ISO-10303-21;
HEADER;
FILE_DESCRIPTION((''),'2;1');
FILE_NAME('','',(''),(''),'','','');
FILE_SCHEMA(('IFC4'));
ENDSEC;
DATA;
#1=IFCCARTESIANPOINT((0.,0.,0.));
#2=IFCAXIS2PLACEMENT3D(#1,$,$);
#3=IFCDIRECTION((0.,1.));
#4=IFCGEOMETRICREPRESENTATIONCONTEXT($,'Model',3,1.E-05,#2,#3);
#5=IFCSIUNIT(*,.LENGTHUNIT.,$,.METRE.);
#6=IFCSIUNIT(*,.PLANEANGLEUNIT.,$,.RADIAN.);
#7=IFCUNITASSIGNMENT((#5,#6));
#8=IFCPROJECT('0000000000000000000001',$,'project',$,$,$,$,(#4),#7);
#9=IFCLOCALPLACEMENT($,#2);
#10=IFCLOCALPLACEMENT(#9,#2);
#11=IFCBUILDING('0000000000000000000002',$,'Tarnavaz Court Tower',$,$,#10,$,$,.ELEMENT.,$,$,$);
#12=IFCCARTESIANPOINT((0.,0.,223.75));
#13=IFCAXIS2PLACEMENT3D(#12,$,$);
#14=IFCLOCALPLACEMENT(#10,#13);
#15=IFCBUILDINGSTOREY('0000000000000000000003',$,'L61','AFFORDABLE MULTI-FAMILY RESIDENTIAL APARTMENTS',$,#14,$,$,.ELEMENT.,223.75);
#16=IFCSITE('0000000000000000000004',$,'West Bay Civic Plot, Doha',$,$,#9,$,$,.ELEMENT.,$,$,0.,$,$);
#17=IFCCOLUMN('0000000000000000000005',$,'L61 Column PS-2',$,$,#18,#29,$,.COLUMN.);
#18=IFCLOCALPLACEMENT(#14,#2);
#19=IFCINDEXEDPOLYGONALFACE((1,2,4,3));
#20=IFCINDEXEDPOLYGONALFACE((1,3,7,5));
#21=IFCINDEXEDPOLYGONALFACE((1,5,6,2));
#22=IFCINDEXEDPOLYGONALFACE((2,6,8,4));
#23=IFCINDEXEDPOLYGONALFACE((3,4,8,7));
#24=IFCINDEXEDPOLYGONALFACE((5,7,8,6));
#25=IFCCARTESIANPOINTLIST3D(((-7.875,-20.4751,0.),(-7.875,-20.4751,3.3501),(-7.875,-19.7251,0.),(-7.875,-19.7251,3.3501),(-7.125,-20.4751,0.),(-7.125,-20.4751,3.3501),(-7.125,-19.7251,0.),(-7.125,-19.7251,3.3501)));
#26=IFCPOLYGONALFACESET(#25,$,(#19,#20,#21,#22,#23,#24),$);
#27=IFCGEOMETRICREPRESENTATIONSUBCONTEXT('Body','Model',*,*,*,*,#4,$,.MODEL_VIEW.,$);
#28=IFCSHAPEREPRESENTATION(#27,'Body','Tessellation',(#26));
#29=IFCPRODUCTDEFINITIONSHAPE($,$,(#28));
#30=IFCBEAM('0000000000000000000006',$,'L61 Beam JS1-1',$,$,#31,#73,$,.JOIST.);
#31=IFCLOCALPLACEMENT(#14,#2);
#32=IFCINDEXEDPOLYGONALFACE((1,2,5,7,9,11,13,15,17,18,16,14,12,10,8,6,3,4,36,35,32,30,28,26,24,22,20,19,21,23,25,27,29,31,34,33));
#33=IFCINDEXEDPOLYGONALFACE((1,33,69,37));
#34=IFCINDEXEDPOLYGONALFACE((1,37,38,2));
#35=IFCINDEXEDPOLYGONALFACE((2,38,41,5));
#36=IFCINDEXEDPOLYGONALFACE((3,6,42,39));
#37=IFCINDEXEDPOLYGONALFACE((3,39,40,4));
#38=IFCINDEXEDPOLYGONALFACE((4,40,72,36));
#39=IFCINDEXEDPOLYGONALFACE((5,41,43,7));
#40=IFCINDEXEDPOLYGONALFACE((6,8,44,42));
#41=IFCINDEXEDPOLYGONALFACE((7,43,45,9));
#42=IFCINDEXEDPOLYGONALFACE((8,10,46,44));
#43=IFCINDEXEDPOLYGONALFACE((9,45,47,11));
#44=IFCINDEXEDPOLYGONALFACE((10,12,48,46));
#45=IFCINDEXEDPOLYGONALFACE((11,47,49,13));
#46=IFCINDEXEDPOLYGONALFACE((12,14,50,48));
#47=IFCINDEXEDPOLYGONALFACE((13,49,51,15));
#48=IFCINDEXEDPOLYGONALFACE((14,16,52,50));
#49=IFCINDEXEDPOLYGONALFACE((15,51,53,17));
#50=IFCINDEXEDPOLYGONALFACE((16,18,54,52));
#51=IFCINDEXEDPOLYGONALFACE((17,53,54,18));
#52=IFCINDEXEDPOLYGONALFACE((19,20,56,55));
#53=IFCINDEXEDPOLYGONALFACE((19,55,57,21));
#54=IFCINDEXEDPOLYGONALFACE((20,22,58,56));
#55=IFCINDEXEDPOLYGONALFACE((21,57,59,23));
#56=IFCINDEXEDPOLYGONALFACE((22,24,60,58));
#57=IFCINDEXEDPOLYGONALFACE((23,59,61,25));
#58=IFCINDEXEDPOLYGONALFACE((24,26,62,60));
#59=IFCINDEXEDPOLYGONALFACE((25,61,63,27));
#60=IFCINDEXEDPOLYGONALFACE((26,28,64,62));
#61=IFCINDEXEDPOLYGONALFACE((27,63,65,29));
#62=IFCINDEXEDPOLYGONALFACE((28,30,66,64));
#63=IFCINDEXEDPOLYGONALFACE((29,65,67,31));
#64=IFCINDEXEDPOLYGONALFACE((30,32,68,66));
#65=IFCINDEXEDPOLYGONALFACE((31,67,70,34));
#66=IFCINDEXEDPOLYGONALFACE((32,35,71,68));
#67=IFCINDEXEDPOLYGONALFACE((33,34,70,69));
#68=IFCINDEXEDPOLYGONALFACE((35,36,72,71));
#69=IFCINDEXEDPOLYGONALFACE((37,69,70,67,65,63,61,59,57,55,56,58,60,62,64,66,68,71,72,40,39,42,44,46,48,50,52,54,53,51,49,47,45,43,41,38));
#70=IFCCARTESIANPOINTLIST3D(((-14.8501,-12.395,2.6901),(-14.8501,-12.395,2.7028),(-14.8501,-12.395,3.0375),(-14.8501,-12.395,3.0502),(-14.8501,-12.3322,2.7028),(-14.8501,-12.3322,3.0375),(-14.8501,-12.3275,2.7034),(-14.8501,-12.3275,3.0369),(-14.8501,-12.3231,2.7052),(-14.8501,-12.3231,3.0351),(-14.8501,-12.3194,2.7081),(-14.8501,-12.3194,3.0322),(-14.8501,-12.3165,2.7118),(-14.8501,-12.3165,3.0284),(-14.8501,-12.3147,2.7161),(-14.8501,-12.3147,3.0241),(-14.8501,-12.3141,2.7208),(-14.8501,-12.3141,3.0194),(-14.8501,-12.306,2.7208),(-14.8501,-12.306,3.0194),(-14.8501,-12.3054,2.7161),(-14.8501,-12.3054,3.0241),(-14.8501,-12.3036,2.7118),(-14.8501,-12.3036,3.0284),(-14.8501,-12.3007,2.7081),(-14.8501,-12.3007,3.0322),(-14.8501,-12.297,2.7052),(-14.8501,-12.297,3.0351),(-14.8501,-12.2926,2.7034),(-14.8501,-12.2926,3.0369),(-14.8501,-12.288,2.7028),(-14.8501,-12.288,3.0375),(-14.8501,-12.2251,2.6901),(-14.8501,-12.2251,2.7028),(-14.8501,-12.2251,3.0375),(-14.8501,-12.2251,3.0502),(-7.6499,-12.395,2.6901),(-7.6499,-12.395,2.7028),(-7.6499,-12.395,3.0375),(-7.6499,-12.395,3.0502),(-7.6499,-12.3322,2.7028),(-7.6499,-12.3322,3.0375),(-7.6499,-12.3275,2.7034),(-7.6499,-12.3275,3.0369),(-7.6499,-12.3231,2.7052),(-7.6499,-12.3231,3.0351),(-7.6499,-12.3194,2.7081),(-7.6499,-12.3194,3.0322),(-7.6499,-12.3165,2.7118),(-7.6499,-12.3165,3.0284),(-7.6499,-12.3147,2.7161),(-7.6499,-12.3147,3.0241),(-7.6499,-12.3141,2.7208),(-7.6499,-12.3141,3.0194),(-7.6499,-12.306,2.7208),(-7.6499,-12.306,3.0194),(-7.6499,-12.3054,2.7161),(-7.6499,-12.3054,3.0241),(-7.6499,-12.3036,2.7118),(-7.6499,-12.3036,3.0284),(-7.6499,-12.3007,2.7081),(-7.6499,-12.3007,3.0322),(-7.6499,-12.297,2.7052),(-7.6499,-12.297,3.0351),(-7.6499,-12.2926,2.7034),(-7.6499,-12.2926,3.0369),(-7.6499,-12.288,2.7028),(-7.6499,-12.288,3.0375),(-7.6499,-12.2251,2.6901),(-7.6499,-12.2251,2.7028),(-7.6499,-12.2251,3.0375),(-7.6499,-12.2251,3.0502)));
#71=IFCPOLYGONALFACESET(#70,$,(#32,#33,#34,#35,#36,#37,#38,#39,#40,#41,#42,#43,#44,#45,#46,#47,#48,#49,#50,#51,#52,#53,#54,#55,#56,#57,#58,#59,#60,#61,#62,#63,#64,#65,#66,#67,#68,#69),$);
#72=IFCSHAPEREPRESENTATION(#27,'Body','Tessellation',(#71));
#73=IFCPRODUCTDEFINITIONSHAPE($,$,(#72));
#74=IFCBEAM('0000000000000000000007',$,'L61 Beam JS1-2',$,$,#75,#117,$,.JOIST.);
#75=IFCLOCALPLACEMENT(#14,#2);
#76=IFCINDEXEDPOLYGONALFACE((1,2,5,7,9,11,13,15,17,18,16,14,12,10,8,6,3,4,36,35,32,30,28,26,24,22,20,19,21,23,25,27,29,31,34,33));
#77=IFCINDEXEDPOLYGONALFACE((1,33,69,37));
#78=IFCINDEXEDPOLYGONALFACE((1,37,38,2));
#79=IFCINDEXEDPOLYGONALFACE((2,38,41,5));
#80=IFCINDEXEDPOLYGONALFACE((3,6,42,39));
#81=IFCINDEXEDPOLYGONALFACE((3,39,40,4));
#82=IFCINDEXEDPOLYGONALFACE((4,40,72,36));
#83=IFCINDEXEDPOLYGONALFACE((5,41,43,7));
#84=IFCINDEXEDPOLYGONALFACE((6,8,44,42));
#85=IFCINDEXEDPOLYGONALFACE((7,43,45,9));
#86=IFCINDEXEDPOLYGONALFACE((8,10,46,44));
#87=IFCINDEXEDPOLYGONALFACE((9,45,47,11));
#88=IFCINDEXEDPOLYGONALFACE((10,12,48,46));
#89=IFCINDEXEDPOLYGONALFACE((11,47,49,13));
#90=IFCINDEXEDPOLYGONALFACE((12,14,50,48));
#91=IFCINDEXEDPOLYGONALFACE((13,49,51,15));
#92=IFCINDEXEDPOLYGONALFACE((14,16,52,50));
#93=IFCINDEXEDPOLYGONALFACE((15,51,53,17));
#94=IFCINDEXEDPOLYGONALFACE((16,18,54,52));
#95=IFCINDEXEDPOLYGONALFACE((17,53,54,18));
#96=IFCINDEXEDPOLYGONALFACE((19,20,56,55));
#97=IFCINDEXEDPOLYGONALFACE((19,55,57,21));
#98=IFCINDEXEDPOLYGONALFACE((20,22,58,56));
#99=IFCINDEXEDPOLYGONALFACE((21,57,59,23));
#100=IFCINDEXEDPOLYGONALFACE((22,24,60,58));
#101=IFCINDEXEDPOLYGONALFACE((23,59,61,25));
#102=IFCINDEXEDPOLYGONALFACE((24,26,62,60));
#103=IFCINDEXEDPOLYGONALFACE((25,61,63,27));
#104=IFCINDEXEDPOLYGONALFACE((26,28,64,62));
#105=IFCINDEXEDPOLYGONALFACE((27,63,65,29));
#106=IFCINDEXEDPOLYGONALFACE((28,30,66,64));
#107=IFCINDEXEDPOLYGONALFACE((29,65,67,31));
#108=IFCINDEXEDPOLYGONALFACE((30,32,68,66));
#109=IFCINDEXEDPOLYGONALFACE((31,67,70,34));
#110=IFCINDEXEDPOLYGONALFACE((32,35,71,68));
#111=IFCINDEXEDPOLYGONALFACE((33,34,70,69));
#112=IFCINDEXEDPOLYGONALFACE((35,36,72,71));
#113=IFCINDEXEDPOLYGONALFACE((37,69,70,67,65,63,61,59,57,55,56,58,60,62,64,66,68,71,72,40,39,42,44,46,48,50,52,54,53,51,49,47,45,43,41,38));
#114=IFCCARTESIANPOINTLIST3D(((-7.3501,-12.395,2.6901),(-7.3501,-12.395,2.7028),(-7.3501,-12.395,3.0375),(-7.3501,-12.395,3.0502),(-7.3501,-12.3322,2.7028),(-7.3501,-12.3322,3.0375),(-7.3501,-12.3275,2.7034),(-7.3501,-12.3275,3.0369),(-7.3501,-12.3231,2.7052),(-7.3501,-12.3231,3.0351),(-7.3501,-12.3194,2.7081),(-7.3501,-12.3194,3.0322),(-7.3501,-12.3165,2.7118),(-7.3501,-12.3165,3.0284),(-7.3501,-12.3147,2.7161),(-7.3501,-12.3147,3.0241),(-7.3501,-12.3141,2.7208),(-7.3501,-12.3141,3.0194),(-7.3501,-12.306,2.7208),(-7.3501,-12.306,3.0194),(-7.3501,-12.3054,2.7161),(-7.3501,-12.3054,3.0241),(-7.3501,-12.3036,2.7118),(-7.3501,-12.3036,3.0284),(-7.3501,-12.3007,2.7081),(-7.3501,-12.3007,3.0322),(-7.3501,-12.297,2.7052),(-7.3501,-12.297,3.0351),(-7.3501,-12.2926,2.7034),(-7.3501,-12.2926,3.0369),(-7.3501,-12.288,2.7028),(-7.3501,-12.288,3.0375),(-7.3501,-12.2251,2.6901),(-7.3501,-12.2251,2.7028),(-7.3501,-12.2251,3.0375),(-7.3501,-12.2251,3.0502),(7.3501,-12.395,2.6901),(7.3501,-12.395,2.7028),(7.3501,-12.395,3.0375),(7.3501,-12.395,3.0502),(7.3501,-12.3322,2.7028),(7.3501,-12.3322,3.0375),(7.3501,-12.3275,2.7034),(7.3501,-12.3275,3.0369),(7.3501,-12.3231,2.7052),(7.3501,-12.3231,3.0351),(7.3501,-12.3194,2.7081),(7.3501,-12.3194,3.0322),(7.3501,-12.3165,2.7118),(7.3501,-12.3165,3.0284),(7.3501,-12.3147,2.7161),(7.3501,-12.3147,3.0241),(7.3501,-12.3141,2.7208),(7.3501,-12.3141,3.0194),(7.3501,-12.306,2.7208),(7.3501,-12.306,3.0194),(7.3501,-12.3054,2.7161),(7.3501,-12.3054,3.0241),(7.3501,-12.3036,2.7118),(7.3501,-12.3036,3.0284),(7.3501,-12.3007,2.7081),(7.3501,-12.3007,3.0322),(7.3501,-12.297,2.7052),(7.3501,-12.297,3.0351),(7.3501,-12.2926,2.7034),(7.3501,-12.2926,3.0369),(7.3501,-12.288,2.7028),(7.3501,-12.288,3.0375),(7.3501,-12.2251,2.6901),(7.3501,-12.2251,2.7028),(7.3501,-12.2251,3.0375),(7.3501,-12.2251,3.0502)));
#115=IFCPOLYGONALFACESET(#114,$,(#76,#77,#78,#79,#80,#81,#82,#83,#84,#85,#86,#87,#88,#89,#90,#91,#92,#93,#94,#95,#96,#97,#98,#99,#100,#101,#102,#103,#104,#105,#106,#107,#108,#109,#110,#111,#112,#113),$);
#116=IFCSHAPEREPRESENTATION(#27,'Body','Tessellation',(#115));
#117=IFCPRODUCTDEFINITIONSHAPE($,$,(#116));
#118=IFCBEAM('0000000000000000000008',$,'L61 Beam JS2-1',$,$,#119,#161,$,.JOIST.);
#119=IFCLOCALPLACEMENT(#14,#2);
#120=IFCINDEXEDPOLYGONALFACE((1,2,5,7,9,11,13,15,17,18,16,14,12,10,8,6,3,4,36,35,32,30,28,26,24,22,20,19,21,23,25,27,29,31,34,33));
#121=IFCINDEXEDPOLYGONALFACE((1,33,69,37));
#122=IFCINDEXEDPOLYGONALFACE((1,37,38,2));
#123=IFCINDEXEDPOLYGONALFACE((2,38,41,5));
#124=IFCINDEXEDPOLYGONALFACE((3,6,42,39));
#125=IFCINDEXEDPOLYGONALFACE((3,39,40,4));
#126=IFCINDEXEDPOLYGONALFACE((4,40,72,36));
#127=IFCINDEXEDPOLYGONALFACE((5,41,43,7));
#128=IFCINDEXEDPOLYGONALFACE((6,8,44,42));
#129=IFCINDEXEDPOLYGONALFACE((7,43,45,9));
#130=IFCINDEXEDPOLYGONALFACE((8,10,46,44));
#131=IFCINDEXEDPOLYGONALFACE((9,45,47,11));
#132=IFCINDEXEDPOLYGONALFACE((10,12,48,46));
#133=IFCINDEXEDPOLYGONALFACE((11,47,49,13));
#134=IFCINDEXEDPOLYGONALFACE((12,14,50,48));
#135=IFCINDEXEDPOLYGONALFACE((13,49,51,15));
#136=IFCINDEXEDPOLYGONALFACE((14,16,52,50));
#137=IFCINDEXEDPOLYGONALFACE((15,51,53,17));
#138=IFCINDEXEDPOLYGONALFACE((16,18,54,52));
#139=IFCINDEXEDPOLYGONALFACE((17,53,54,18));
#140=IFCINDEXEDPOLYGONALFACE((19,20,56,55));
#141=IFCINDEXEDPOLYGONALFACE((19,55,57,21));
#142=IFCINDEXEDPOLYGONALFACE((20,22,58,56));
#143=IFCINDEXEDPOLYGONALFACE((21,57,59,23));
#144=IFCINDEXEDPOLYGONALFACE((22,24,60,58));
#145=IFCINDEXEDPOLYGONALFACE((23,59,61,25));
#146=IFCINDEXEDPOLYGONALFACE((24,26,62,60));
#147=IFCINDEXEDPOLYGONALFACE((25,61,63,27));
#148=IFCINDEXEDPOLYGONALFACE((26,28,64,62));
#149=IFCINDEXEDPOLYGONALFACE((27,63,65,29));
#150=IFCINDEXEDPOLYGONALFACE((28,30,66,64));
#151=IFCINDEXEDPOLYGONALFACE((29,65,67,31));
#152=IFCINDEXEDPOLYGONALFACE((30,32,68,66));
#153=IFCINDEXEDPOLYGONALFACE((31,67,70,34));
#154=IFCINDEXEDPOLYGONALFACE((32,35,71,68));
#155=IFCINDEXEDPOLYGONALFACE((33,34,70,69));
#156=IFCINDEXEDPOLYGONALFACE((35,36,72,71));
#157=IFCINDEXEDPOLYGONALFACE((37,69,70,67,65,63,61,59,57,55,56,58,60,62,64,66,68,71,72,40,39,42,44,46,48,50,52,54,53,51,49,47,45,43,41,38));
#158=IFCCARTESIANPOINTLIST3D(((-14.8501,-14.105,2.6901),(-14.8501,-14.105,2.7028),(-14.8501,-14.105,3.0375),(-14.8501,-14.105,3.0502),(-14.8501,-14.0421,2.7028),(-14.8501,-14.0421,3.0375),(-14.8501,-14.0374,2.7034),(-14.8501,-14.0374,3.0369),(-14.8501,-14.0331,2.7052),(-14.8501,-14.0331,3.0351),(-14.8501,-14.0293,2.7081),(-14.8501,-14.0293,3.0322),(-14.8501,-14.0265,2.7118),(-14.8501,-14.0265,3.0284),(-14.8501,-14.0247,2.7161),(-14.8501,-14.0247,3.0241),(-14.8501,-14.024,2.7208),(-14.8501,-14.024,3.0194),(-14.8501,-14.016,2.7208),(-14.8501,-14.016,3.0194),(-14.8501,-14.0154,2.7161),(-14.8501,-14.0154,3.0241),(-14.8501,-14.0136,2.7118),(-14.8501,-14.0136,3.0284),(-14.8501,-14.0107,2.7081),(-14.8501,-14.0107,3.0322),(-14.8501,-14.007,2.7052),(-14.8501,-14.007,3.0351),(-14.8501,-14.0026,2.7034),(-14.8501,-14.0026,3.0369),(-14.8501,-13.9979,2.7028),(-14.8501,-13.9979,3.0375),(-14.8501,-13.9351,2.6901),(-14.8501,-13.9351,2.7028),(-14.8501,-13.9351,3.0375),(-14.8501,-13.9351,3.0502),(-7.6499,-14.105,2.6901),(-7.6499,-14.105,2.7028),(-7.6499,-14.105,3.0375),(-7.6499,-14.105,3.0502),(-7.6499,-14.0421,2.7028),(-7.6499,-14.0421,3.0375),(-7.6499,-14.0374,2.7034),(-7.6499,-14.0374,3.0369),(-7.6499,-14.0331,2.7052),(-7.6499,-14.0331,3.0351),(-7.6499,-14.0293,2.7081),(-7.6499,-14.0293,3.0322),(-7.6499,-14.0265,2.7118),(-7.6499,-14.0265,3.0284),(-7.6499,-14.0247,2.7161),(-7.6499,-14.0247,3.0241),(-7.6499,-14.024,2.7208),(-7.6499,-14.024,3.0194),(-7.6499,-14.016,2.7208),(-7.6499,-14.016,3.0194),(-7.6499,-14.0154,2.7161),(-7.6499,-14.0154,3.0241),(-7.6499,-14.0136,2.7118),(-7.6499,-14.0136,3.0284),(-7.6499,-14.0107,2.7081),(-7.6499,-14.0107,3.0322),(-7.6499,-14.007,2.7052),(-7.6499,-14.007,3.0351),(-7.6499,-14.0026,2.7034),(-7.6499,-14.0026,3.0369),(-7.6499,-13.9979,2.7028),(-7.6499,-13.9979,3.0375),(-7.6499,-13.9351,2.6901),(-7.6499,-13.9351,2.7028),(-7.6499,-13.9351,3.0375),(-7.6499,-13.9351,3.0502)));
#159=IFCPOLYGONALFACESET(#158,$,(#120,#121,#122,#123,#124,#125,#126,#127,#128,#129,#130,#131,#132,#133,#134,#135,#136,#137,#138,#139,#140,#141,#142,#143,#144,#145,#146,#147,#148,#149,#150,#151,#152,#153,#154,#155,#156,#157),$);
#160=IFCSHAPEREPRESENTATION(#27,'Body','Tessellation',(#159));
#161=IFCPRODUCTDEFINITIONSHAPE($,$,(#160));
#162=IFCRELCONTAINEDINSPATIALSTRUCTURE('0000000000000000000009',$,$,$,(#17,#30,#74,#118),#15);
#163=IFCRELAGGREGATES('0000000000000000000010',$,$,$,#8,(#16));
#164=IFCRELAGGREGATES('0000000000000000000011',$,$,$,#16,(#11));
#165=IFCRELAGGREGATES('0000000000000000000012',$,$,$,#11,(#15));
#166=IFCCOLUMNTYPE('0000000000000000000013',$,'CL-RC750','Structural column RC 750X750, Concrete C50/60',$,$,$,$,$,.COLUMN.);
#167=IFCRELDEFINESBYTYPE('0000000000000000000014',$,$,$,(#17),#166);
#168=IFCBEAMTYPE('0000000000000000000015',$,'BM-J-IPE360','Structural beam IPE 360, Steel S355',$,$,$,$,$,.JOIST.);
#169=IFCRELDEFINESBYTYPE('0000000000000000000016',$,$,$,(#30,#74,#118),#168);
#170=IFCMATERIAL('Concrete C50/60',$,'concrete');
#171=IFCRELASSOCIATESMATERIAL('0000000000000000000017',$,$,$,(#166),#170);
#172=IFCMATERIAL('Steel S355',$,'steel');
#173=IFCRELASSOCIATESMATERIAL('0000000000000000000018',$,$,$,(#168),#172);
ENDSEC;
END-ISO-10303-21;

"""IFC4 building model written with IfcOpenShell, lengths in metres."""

from ifc_helpers import new_model, si_unit, direction, frame, origin, origin_2d, place, context, subcontext, project, spatial, rectangle, i_section, extrude, material, material_profile, profile_set, type_object, element, save


model = new_model("IFC4")

# Units and contexts
model_context = context("Model", 3, precision=1e-05, world=origin(), true_north=direction((0.0, 1.0)))
body_context = subcontext(model_context, "Body", "Model", "MODEL_VIEW")
ifc_project = project(units=[si_unit("LENGTHUNIT", "METRE"), si_unit("PLANEANGLEUNIT", "RADIAN")], contexts=[model_context])

# Site, building, storey
site_placement = place(None, origin())
site = spatial("IfcSite", under=ifc_project, at=site_placement, Name="West Bay Civic Plot, Doha", CompositionType="ELEMENT", RefElevation=0.0)
building_placement = place(site_placement, origin())
building = spatial("IfcBuilding", under=site, at=building_placement, Name="Tarnavaz Court Tower", CompositionType="ELEMENT")
storey_placement = place(building_placement, frame((0.0, 0.0, 223.75)))
storey = spatial("IfcBuildingStorey", under=building, at=storey_placement, Name="L61", Description="AFFORDABLE MULTI-FAMILY RESIDENTIAL APARTMENTS", CompositionType="ELEMENT", Elevation=223.75)

# Column
ifc_material_1 = material(Name="Concrete C50/60", Category="concrete")
ifc_material_profile_1 = material_profile(ifc_material_1, rectangle(XDim=0.75, YDim=0.75, at=origin_2d()), Name="RC 750X750")
ifc_profile_set_1 = profile_set([ifc_material_profile_1], Name="Concrete C50/60")
column_type = type_object("IfcColumnType", Name="CL-RC750", Description="Structural column RC 750X750, Concrete C50/60", PredefinedType="COLUMN", material=ifc_profile_set_1)
column_placement = place(storey_placement, frame((-7.5, -20.1001, 0.0), z_axis=(0.0, 0.0, 1.0), x_axis=(1.0, 0.0, 0.0)))
element("IfcColumn", 1, at=column_placement, inside=storey, type_object=column_type, Name="L61 Column PS-2", PredefinedType="COLUMN", context=body_context, shape_type="SweptSolid", body=[
    extrude(rectangle(XDim=0.75, YDim=0.75, at=origin_2d()), origin(), (0.0, 0.0, 1.0), 3.3501),
])

# Beams
ifc_material_2 = material(Name="Steel S355", Category="steel")
ifc_material_profile_2 = material_profile(ifc_material_2, i_section(OverallWidth=0.1699, OverallDepth=0.3601, WebThickness=0.0081, FlangeThickness=0.0127, FilletRadius=0.0181, at=origin_2d()), Name="IPE 360")
ifc_profile_set_2 = profile_set([ifc_material_profile_2], Name="Steel S355")
beam_type_1 = type_object("IfcBeamType", Name="BM-J-IPE360", Description="Structural beam IPE 360, Steel S355", PredefinedType="JOIST", material=ifc_profile_set_2)
beam_1_placement = place(storey_placement, frame((-14.8501, -12.3101, 2.8701), z_axis=(1.0, 0.0, 0.0), x_axis=(0.0, 1.0, 0.0)))
element("IfcBeam", 2, at=beam_1_placement, inside=storey, type_object=beam_type_1, Name="L61 Beam JS1-1", PredefinedType="JOIST", context=body_context, shape_type="SweptSolid", body=[
    extrude(i_section(OverallWidth=0.1699, OverallDepth=0.3601, WebThickness=0.0081, FlangeThickness=0.0127, FilletRadius=0.0181, at=origin_2d()), origin(), (0.0, 0.0, 1.0), 7.2002),
])
beam_2_placement = place(storey_placement, frame((-7.3501, -12.3101, 2.8701), z_axis=(1.0, 0.0, 0.0), x_axis=(0.0, 1.0, 0.0)))
element("IfcBeam", 3, at=beam_2_placement, inside=storey, type_object=beam_type_1, Name="L61 Beam JS1-2", PredefinedType="JOIST", context=body_context, shape_type="SweptSolid", body=[
    extrude(i_section(OverallWidth=0.1699, OverallDepth=0.3601, WebThickness=0.0081, FlangeThickness=0.0127, FilletRadius=0.0181, at=origin_2d()), origin(), (0.0, 0.0, 1.0), 14.7002),
])
beam_3_placement = place(storey_placement, frame((-14.8501, -14.02, 2.8701), z_axis=(1.0, 0.0, 0.0), x_axis=(0.0, 1.0, 0.0)))
element("IfcBeam", 4, at=beam_3_placement, inside=storey, type_object=beam_type_1, Name="L61 Beam JS2-1", PredefinedType="JOIST", context=body_context, shape_type="SweptSolid", body=[
    extrude(i_section(OverallWidth=0.1699, OverallDepth=0.3601, WebThickness=0.0081, FlangeThickness=0.0127, FilletRadius=0.0181, at=origin_2d()), origin(), (0.0, 0.0, 1.0), 7.2002),
])

save(model, "model.ifc")
